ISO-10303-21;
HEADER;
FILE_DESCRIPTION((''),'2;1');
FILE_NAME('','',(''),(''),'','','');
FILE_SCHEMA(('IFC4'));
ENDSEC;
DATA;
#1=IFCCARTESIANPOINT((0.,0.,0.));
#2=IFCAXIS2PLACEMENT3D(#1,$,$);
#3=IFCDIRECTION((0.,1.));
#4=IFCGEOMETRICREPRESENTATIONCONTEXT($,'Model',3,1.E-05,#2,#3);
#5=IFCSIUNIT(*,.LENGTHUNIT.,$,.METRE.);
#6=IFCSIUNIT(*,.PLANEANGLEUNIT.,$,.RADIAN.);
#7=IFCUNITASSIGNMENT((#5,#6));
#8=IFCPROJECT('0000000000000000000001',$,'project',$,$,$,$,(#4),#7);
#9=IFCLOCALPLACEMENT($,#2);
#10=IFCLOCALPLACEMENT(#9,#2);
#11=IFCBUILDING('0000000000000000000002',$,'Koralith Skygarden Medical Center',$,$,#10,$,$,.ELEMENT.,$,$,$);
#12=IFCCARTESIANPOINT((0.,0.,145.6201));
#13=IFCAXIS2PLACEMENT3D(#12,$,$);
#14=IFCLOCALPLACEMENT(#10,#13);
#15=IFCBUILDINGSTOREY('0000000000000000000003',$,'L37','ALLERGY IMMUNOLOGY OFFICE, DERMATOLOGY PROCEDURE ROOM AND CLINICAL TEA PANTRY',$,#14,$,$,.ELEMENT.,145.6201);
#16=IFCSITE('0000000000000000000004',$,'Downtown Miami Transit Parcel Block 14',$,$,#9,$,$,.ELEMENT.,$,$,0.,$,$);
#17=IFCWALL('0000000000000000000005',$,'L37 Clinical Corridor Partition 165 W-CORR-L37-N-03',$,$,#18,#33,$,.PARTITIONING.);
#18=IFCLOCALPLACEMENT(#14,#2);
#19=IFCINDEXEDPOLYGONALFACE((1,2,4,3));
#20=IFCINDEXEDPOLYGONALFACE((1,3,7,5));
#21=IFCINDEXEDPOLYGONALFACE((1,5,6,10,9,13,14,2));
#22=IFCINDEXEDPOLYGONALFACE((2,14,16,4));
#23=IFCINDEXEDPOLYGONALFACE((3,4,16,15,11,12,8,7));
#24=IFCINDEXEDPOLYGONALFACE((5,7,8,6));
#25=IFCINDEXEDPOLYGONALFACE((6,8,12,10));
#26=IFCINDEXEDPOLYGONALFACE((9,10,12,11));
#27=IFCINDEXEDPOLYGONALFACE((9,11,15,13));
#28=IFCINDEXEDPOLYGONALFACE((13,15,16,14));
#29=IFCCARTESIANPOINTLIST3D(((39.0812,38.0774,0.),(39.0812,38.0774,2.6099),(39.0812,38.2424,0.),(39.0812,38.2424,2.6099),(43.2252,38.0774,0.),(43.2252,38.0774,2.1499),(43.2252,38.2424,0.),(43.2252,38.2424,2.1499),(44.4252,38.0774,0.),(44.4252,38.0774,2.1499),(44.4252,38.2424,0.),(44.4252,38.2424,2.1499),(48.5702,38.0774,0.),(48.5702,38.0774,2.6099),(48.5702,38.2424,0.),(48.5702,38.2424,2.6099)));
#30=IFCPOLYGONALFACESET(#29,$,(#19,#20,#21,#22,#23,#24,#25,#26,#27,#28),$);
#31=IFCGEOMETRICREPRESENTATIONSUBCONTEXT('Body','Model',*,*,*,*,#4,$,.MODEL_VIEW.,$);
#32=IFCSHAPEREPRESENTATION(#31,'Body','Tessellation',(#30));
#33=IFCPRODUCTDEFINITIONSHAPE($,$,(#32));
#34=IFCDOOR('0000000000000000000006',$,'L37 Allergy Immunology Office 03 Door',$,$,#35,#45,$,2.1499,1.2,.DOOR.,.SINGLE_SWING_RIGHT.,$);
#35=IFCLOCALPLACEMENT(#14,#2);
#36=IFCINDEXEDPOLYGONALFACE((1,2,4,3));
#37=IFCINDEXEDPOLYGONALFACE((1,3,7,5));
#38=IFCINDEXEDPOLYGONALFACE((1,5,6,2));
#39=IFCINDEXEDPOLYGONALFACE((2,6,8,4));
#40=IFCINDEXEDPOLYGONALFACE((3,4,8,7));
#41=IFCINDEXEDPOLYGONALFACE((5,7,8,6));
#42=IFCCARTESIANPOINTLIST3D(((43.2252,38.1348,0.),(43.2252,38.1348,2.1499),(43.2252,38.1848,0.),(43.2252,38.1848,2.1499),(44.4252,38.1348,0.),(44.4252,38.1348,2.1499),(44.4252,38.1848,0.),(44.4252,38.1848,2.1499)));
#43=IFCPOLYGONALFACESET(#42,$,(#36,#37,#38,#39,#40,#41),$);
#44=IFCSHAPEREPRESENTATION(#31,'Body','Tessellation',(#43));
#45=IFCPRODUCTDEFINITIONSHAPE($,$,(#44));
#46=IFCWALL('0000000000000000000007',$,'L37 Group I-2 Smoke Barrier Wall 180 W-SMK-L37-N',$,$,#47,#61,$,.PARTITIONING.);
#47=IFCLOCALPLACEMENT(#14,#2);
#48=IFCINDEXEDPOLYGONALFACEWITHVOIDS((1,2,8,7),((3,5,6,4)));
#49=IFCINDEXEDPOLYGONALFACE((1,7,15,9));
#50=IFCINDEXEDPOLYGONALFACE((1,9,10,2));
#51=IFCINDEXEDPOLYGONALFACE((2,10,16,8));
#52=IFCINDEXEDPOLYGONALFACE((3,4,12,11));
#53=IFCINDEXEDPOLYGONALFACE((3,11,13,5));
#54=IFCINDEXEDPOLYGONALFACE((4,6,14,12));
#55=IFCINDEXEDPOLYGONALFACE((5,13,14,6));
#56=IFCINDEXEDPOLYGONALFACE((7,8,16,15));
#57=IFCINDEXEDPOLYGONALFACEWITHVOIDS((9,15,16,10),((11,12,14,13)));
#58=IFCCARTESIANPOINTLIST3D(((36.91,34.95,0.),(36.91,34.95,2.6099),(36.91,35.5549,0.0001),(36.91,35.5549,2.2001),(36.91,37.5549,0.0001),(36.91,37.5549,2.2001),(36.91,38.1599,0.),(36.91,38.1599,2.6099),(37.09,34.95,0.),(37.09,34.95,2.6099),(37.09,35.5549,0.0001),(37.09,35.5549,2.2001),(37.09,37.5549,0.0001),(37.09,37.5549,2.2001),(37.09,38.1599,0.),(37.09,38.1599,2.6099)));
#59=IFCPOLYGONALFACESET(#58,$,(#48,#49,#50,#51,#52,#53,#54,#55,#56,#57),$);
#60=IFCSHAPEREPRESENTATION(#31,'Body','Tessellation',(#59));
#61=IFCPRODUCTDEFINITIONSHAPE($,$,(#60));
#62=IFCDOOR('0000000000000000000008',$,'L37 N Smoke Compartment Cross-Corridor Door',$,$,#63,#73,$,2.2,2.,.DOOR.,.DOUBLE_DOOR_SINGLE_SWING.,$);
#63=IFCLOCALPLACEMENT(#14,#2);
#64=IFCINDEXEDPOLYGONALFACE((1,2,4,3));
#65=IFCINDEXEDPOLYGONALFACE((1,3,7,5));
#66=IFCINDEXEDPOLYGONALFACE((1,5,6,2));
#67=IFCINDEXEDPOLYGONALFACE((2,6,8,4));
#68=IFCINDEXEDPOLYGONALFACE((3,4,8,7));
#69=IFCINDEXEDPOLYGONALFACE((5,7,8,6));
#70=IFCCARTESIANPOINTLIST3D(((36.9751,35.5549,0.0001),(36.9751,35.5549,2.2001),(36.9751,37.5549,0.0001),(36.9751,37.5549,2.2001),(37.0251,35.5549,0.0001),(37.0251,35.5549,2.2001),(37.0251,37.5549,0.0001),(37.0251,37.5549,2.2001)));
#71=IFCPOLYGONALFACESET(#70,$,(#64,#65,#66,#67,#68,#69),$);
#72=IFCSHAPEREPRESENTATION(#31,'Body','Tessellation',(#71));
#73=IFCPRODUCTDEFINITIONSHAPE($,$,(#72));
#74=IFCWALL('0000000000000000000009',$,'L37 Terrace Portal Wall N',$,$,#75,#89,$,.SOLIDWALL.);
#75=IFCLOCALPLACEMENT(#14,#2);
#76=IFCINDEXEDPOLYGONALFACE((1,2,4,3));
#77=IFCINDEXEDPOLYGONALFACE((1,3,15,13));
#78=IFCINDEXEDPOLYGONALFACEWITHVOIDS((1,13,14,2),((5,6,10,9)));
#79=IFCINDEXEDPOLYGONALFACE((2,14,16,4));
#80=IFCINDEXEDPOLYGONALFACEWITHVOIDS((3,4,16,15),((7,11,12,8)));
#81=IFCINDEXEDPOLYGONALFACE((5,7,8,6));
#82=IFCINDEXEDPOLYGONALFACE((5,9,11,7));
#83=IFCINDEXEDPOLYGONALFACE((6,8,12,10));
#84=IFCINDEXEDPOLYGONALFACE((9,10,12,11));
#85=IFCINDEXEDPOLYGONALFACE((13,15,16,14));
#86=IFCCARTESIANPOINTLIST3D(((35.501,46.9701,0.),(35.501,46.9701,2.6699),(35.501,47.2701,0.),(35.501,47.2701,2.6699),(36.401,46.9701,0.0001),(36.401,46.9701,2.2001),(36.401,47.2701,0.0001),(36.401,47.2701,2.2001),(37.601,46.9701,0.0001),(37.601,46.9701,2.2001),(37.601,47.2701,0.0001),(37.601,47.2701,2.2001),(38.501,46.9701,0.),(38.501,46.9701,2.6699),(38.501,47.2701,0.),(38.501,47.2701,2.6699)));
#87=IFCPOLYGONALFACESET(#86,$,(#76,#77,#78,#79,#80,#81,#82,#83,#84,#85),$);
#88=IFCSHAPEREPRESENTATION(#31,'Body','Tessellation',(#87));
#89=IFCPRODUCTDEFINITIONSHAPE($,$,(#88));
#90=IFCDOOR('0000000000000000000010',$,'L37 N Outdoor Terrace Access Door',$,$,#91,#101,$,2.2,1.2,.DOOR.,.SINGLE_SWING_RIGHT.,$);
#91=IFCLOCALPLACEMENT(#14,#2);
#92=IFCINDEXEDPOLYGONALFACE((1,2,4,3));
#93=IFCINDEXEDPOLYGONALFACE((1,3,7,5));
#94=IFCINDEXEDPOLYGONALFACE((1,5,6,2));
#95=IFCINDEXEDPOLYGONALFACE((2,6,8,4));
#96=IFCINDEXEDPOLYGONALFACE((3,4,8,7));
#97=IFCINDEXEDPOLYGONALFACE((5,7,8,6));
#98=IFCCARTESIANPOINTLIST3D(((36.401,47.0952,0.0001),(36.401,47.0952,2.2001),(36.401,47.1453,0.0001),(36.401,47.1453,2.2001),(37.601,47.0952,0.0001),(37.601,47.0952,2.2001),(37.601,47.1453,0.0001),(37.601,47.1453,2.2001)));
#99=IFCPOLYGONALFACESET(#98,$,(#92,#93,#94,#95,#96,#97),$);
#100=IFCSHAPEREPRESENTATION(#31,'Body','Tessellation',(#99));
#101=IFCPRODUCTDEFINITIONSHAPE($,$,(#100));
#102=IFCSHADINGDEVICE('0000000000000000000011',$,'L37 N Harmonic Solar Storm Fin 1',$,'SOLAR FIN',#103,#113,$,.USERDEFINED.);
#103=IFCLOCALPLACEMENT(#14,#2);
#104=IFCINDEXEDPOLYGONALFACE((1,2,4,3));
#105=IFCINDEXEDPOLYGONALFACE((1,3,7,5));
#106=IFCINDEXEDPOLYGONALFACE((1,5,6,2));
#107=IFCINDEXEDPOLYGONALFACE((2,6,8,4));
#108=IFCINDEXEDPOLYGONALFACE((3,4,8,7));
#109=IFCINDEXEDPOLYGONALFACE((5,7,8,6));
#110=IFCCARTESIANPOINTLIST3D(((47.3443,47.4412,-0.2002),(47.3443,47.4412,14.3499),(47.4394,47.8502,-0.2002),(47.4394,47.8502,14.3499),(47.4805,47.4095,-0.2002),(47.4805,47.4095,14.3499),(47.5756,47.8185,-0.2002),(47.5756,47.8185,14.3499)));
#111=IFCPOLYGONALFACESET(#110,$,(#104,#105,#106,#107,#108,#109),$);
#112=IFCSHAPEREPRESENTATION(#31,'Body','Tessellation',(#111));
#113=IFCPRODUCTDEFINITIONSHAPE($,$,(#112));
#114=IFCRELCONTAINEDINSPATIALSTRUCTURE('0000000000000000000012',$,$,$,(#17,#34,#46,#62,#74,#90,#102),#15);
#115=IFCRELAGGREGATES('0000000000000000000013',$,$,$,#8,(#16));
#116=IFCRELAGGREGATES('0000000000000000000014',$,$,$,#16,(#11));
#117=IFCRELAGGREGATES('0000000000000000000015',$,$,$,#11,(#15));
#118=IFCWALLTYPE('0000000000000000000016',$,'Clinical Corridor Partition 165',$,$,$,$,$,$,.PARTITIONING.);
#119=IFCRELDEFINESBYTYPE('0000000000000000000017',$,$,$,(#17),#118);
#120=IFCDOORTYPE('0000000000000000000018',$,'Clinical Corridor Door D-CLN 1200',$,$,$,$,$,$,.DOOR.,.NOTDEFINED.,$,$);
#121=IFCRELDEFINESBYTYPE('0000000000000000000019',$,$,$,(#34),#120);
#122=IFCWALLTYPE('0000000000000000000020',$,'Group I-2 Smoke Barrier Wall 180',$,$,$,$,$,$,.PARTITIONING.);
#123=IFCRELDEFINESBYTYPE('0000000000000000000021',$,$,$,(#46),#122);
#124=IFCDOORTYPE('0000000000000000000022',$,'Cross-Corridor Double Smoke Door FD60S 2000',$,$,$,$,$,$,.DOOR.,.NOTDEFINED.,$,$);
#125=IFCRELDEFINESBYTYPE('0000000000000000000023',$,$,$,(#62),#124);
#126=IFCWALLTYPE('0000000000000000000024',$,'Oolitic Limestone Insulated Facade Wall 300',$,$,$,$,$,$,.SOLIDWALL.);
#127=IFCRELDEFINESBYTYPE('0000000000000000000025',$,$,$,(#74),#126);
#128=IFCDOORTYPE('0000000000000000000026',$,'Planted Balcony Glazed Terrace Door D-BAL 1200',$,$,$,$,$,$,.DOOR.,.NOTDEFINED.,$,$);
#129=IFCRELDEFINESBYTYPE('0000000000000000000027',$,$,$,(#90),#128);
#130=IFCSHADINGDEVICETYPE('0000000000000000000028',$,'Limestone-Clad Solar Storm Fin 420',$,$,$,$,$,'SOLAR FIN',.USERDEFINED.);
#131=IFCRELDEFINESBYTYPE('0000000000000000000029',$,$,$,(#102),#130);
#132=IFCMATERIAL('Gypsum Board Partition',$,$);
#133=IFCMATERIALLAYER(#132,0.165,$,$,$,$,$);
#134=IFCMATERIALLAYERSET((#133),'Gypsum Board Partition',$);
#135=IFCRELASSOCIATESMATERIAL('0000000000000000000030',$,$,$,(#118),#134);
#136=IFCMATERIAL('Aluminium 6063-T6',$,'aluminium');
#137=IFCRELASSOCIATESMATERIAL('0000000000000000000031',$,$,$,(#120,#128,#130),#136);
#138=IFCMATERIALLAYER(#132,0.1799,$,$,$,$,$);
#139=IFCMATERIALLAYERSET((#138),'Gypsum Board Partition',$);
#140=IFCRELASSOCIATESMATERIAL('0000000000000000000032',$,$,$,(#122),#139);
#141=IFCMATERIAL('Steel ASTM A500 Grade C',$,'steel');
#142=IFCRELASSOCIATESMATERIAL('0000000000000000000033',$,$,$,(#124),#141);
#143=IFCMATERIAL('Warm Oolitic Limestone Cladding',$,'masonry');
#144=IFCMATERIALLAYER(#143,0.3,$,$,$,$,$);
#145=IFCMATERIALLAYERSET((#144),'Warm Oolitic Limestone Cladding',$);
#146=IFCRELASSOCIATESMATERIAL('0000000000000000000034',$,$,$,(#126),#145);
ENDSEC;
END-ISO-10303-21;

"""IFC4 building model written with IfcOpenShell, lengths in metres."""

from ifc_helpers import new_model, si_unit, direction, frame, frame_2d, origin, origin_2d, place, context, subcontext, project, spatial, rectangle, extrude, material, layer, layer_set, type_object, element, fill, save


model = new_model("IFC4")

# Units and contexts
model_context = context("Model", 3, precision=1e-05, world=origin(), true_north=direction((0.0, 1.0)))
body_context = subcontext(model_context, "Body", "Model", "MODEL_VIEW")
ifc_project = project(units=[si_unit("LENGTHUNIT", "METRE"), si_unit("PLANEANGLEUNIT", "RADIAN")], contexts=[model_context])

# Site, building, storey
site_placement = place(None, origin())
site = spatial("IfcSite", under=ifc_project, at=site_placement, Name="Downtown Miami Transit Parcel Block 14", CompositionType="ELEMENT", RefElevation=0.0)
building_placement = place(site_placement, origin())
building = spatial("IfcBuilding", under=site, at=building_placement, Name="Koralith Skygarden Medical Center", CompositionType="ELEMENT")
storey_placement = place(building_placement, frame((0.0, 0.0, 145.6201)))
storey = spatial("IfcBuildingStorey", under=building, at=storey_placement, Name="L37", Description="ALLERGY IMMUNOLOGY OFFICE, DERMATOLOGY PROCEDURE ROOM AND CLINICAL TEA PANTRY", CompositionType="ELEMENT", Elevation=145.6201)

# Shared definitions
ifc_material_1 = material(Name="Aluminium 6063-T6", Category="aluminium")

# Shared definitions
ifc_material_2 = material(Name="Gypsum Board Partition")
ifc_layer_1 = layer(ifc_material_2, 0.165)
ifc_layer_set_1 = layer_set([ifc_layer_1], Name="Gypsum Board Partition")
wall_type_1 = type_object("IfcWallType", Name="Clinical Corridor Partition 165", PredefinedType="PARTITIONING", material=ifc_layer_set_1)

# Walls, openings, doors
wall_1_placement = place(storey_placement, frame((39.0811, 38.1599, 0.0), z_axis=(0.0, 0.0, 1.0), x_axis=(1.0, 0.0, 0.0)))
wall_1 = element("IfcWall", 1, at=wall_1_placement, inside=storey, type_object=wall_type_1, Name="L37 Clinical Corridor Partition 165 W-CORR-L37-N-03", PredefinedType="PARTITIONING", context=body_context, shape_type="SweptSolid", body=[
    extrude(rectangle(XDim=9.489, YDim=0.165, at=frame_2d((4.7446, 0.0))), origin(), (0.0, 0.0, 1.0), 2.6099),
])
opening_1_placement = place(wall_1_placement, frame((4.144, 0.0, 0.0)))
opening_1 = element("IfcOpeningElement", 2, at=opening_1_placement, cuts=wall_1, PredefinedType="OPENING", context=body_context, shape_type="SweptSolid", body=[
    extrude(rectangle(XDim=1.2, YDim=2.1499, at=frame_2d((0.6001, 1.075))), frame((0.0, 0.0925, 0.0), z_axis=(0.0, -1.0, 0.0), x_axis=(1.0, 0.0, 0.0)), (0.0, 0.0, 1.0), 0.1851),
])
door_type_1 = type_object("IfcDoorType", Name="Clinical Corridor Door D-CLN 1200", OperationType="NOTDEFINED", PredefinedType="DOOR", material=ifc_material_1)
door_1_placement = place(opening_1_placement, origin())
door_1 = element("IfcDoor", 3, at=door_1_placement, inside=storey, type_object=door_type_1, Name="L37 Allergy Immunology Office 03 Door", OperationType="SINGLE_SWING_RIGHT", OverallHeight=2.1499, OverallWidth=1.2, PredefinedType="DOOR", context=body_context, shape_type="SweptSolid", body=[
    extrude(rectangle(XDim=1.2, YDim=2.1499, at=frame_2d((0.6001, 1.075))), frame((0.0, 0.0249, 0.0), z_axis=(0.0, -1.0, 0.0), x_axis=(1.0, 0.0, 0.0)), (0.0, 0.0, 1.0), 0.05),
])
fill(opening_1, door_1)
ifc_layer_2 = layer(ifc_material_2, 0.1799)
ifc_layer_set_2 = layer_set([ifc_layer_2], Name="Gypsum Board Partition")
wall_type_2 = type_object("IfcWallType", Name="Group I-2 Smoke Barrier Wall 180", PredefinedType="PARTITIONING", material=ifc_layer_set_2)
wall_2_placement = place(storey_placement, frame((37.0, 34.95, 0.0), z_axis=(0.0, 0.0, 1.0), x_axis=(0.0, 1.0, 0.0)))
wall_2 = element("IfcWall", 4, at=wall_2_placement, inside=storey, type_object=wall_type_2, Name="L37 Group I-2 Smoke Barrier Wall 180 W-SMK-L37-N", PredefinedType="PARTITIONING", context=body_context, shape_type="SweptSolid", body=[
    extrude(rectangle(XDim=3.21, YDim=0.1799, at=frame_2d((1.605, 0.0))), origin(), (0.0, 0.0, 1.0), 2.6099),
])
opening_2_placement = place(wall_2_placement, frame((0.605, 0.0, 0.0)))
opening_2 = element("IfcOpeningElement", 5, at=opening_2_placement, cuts=wall_2, PredefinedType="OPENING", context=body_context, shape_type="SweptSolid", body=[
    extrude(rectangle(XDim=2.0, YDim=2.2, at=frame_2d((1.0, 1.1001))), frame((0.0, 0.0999, 0.0), z_axis=(0.0, -1.0, 0.0), x_axis=(1.0, 0.0, 0.0)), (0.0, 0.0, 1.0), 0.2),
])
ifc_material_3 = material(Name="Steel ASTM A500 Grade C", Category="steel")
door_type_2 = type_object("IfcDoorType", Name="Cross-Corridor Double Smoke Door FD60S 2000", OperationType="NOTDEFINED", PredefinedType="DOOR", material=ifc_material_3)
door_2_placement = place(opening_2_placement, origin())
door_2 = element("IfcDoor", 6, at=door_2_placement, inside=storey, type_object=door_type_2, Name="L37 N Smoke Compartment Cross-Corridor Door", OperationType="DOUBLE_DOOR_SINGLE_SWING", OverallHeight=2.2, OverallWidth=2.0, PredefinedType="DOOR", context=body_context, shape_type="SweptSolid", body=[
    extrude(rectangle(XDim=2.0, YDim=2.2, at=frame_2d((1.0, 1.1001))), frame((0.0, 0.0249, 0.0), z_axis=(0.0, -1.0, 0.0), x_axis=(1.0, 0.0, 0.0)), (0.0, 0.0, 1.0), 0.05),
])
fill(opening_2, door_2)
ifc_material_4 = material(Name="Warm Oolitic Limestone Cladding", Category="masonry")
ifc_layer_3 = layer(ifc_material_4, 0.3)
ifc_layer_set_3 = layer_set([ifc_layer_3], Name="Warm Oolitic Limestone Cladding")
wall_type_3 = type_object("IfcWallType", Name="Oolitic Limestone Insulated Facade Wall 300", PredefinedType="SOLIDWALL", material=ifc_layer_set_3)
wall_3_placement = place(storey_placement, frame((38.501, 47.1201, 0.0), z_axis=(0.0, 0.0, 1.0), x_axis=(-1.0, 0.0, 0.0)))
wall_3 = element("IfcWall", 7, at=wall_3_placement, inside=storey, type_object=wall_type_3, Name="L37 Terrace Portal Wall N", PredefinedType="SOLIDWALL", context=body_context, shape_type="SweptSolid", body=[
    extrude(rectangle(XDim=3.0, YDim=0.3, at=frame_2d((1.5, 0.0))), origin(), (0.0, 0.0, 1.0), 2.6699),
])
opening_3_placement = place(wall_3_placement, frame((0.8999, 0.0, 0.0)))
opening_3 = element("IfcOpeningElement", 8, at=opening_3_placement, cuts=wall_3, PredefinedType="OPENING", context=body_context, shape_type="SweptSolid", body=[
    extrude(rectangle(XDim=1.2, YDim=2.2, at=frame_2d((0.6001, 1.1001))), frame((0.0, 0.1599, 0.0), z_axis=(0.0, -1.0, 0.0), x_axis=(1.0, 0.0, 0.0)), (0.0, 0.0, 1.0), 0.3201),
])
door_type_3 = type_object("IfcDoorType", Name="Planted Balcony Glazed Terrace Door D-BAL 1200", OperationType="NOTDEFINED", PredefinedType="DOOR", material=ifc_material_1)
door_3_placement = place(opening_3_placement, origin())
door_3 = element("IfcDoor", 9, at=door_3_placement, inside=storey, type_object=door_type_3, Name="L37 N Outdoor Terrace Access Door", OperationType="SINGLE_SWING_RIGHT", OverallHeight=2.2, OverallWidth=1.2, PredefinedType="DOOR", context=body_context, shape_type="SweptSolid", body=[
    extrude(rectangle(XDim=1.2, YDim=2.2, at=frame_2d((0.6001, 1.1001))), frame((0.0, 0.0249, 0.0), z_axis=(0.0, -1.0, 0.0), x_axis=(1.0, 0.0, 0.0)), (0.0, 0.0, 1.0), 0.05),
])
fill(opening_3, door_3)

# Shading device
shading_device_type_1 = type_object("IfcShadingDeviceType", Name="Limestone-Clad Solar Storm Fin 420", ElementType="SOLAR FIN", PredefinedType="USERDEFINED", material=ifc_material_1)
shading_device_1_placement = place(storey_placement, frame((47.46, 47.6299, -0.2002), z_axis=(0.0, 0.0, 1.0), x_axis=(0.226464, 0.974019, 0.0)))
element("IfcShadingDevice", 10, at=shading_device_1_placement, inside=storey, type_object=shading_device_type_1, Name="L37 N Harmonic Solar Storm Fin 1", ObjectType="SOLAR FIN", PredefinedType="USERDEFINED", context=body_context, shape_type="SweptSolid", body=[
    extrude(rectangle(XDim=0.4199, YDim=0.1399, at=origin_2d()), origin(), (0.0, 0.0, 1.0), 14.55),
])

save(model, "model.ifc")
